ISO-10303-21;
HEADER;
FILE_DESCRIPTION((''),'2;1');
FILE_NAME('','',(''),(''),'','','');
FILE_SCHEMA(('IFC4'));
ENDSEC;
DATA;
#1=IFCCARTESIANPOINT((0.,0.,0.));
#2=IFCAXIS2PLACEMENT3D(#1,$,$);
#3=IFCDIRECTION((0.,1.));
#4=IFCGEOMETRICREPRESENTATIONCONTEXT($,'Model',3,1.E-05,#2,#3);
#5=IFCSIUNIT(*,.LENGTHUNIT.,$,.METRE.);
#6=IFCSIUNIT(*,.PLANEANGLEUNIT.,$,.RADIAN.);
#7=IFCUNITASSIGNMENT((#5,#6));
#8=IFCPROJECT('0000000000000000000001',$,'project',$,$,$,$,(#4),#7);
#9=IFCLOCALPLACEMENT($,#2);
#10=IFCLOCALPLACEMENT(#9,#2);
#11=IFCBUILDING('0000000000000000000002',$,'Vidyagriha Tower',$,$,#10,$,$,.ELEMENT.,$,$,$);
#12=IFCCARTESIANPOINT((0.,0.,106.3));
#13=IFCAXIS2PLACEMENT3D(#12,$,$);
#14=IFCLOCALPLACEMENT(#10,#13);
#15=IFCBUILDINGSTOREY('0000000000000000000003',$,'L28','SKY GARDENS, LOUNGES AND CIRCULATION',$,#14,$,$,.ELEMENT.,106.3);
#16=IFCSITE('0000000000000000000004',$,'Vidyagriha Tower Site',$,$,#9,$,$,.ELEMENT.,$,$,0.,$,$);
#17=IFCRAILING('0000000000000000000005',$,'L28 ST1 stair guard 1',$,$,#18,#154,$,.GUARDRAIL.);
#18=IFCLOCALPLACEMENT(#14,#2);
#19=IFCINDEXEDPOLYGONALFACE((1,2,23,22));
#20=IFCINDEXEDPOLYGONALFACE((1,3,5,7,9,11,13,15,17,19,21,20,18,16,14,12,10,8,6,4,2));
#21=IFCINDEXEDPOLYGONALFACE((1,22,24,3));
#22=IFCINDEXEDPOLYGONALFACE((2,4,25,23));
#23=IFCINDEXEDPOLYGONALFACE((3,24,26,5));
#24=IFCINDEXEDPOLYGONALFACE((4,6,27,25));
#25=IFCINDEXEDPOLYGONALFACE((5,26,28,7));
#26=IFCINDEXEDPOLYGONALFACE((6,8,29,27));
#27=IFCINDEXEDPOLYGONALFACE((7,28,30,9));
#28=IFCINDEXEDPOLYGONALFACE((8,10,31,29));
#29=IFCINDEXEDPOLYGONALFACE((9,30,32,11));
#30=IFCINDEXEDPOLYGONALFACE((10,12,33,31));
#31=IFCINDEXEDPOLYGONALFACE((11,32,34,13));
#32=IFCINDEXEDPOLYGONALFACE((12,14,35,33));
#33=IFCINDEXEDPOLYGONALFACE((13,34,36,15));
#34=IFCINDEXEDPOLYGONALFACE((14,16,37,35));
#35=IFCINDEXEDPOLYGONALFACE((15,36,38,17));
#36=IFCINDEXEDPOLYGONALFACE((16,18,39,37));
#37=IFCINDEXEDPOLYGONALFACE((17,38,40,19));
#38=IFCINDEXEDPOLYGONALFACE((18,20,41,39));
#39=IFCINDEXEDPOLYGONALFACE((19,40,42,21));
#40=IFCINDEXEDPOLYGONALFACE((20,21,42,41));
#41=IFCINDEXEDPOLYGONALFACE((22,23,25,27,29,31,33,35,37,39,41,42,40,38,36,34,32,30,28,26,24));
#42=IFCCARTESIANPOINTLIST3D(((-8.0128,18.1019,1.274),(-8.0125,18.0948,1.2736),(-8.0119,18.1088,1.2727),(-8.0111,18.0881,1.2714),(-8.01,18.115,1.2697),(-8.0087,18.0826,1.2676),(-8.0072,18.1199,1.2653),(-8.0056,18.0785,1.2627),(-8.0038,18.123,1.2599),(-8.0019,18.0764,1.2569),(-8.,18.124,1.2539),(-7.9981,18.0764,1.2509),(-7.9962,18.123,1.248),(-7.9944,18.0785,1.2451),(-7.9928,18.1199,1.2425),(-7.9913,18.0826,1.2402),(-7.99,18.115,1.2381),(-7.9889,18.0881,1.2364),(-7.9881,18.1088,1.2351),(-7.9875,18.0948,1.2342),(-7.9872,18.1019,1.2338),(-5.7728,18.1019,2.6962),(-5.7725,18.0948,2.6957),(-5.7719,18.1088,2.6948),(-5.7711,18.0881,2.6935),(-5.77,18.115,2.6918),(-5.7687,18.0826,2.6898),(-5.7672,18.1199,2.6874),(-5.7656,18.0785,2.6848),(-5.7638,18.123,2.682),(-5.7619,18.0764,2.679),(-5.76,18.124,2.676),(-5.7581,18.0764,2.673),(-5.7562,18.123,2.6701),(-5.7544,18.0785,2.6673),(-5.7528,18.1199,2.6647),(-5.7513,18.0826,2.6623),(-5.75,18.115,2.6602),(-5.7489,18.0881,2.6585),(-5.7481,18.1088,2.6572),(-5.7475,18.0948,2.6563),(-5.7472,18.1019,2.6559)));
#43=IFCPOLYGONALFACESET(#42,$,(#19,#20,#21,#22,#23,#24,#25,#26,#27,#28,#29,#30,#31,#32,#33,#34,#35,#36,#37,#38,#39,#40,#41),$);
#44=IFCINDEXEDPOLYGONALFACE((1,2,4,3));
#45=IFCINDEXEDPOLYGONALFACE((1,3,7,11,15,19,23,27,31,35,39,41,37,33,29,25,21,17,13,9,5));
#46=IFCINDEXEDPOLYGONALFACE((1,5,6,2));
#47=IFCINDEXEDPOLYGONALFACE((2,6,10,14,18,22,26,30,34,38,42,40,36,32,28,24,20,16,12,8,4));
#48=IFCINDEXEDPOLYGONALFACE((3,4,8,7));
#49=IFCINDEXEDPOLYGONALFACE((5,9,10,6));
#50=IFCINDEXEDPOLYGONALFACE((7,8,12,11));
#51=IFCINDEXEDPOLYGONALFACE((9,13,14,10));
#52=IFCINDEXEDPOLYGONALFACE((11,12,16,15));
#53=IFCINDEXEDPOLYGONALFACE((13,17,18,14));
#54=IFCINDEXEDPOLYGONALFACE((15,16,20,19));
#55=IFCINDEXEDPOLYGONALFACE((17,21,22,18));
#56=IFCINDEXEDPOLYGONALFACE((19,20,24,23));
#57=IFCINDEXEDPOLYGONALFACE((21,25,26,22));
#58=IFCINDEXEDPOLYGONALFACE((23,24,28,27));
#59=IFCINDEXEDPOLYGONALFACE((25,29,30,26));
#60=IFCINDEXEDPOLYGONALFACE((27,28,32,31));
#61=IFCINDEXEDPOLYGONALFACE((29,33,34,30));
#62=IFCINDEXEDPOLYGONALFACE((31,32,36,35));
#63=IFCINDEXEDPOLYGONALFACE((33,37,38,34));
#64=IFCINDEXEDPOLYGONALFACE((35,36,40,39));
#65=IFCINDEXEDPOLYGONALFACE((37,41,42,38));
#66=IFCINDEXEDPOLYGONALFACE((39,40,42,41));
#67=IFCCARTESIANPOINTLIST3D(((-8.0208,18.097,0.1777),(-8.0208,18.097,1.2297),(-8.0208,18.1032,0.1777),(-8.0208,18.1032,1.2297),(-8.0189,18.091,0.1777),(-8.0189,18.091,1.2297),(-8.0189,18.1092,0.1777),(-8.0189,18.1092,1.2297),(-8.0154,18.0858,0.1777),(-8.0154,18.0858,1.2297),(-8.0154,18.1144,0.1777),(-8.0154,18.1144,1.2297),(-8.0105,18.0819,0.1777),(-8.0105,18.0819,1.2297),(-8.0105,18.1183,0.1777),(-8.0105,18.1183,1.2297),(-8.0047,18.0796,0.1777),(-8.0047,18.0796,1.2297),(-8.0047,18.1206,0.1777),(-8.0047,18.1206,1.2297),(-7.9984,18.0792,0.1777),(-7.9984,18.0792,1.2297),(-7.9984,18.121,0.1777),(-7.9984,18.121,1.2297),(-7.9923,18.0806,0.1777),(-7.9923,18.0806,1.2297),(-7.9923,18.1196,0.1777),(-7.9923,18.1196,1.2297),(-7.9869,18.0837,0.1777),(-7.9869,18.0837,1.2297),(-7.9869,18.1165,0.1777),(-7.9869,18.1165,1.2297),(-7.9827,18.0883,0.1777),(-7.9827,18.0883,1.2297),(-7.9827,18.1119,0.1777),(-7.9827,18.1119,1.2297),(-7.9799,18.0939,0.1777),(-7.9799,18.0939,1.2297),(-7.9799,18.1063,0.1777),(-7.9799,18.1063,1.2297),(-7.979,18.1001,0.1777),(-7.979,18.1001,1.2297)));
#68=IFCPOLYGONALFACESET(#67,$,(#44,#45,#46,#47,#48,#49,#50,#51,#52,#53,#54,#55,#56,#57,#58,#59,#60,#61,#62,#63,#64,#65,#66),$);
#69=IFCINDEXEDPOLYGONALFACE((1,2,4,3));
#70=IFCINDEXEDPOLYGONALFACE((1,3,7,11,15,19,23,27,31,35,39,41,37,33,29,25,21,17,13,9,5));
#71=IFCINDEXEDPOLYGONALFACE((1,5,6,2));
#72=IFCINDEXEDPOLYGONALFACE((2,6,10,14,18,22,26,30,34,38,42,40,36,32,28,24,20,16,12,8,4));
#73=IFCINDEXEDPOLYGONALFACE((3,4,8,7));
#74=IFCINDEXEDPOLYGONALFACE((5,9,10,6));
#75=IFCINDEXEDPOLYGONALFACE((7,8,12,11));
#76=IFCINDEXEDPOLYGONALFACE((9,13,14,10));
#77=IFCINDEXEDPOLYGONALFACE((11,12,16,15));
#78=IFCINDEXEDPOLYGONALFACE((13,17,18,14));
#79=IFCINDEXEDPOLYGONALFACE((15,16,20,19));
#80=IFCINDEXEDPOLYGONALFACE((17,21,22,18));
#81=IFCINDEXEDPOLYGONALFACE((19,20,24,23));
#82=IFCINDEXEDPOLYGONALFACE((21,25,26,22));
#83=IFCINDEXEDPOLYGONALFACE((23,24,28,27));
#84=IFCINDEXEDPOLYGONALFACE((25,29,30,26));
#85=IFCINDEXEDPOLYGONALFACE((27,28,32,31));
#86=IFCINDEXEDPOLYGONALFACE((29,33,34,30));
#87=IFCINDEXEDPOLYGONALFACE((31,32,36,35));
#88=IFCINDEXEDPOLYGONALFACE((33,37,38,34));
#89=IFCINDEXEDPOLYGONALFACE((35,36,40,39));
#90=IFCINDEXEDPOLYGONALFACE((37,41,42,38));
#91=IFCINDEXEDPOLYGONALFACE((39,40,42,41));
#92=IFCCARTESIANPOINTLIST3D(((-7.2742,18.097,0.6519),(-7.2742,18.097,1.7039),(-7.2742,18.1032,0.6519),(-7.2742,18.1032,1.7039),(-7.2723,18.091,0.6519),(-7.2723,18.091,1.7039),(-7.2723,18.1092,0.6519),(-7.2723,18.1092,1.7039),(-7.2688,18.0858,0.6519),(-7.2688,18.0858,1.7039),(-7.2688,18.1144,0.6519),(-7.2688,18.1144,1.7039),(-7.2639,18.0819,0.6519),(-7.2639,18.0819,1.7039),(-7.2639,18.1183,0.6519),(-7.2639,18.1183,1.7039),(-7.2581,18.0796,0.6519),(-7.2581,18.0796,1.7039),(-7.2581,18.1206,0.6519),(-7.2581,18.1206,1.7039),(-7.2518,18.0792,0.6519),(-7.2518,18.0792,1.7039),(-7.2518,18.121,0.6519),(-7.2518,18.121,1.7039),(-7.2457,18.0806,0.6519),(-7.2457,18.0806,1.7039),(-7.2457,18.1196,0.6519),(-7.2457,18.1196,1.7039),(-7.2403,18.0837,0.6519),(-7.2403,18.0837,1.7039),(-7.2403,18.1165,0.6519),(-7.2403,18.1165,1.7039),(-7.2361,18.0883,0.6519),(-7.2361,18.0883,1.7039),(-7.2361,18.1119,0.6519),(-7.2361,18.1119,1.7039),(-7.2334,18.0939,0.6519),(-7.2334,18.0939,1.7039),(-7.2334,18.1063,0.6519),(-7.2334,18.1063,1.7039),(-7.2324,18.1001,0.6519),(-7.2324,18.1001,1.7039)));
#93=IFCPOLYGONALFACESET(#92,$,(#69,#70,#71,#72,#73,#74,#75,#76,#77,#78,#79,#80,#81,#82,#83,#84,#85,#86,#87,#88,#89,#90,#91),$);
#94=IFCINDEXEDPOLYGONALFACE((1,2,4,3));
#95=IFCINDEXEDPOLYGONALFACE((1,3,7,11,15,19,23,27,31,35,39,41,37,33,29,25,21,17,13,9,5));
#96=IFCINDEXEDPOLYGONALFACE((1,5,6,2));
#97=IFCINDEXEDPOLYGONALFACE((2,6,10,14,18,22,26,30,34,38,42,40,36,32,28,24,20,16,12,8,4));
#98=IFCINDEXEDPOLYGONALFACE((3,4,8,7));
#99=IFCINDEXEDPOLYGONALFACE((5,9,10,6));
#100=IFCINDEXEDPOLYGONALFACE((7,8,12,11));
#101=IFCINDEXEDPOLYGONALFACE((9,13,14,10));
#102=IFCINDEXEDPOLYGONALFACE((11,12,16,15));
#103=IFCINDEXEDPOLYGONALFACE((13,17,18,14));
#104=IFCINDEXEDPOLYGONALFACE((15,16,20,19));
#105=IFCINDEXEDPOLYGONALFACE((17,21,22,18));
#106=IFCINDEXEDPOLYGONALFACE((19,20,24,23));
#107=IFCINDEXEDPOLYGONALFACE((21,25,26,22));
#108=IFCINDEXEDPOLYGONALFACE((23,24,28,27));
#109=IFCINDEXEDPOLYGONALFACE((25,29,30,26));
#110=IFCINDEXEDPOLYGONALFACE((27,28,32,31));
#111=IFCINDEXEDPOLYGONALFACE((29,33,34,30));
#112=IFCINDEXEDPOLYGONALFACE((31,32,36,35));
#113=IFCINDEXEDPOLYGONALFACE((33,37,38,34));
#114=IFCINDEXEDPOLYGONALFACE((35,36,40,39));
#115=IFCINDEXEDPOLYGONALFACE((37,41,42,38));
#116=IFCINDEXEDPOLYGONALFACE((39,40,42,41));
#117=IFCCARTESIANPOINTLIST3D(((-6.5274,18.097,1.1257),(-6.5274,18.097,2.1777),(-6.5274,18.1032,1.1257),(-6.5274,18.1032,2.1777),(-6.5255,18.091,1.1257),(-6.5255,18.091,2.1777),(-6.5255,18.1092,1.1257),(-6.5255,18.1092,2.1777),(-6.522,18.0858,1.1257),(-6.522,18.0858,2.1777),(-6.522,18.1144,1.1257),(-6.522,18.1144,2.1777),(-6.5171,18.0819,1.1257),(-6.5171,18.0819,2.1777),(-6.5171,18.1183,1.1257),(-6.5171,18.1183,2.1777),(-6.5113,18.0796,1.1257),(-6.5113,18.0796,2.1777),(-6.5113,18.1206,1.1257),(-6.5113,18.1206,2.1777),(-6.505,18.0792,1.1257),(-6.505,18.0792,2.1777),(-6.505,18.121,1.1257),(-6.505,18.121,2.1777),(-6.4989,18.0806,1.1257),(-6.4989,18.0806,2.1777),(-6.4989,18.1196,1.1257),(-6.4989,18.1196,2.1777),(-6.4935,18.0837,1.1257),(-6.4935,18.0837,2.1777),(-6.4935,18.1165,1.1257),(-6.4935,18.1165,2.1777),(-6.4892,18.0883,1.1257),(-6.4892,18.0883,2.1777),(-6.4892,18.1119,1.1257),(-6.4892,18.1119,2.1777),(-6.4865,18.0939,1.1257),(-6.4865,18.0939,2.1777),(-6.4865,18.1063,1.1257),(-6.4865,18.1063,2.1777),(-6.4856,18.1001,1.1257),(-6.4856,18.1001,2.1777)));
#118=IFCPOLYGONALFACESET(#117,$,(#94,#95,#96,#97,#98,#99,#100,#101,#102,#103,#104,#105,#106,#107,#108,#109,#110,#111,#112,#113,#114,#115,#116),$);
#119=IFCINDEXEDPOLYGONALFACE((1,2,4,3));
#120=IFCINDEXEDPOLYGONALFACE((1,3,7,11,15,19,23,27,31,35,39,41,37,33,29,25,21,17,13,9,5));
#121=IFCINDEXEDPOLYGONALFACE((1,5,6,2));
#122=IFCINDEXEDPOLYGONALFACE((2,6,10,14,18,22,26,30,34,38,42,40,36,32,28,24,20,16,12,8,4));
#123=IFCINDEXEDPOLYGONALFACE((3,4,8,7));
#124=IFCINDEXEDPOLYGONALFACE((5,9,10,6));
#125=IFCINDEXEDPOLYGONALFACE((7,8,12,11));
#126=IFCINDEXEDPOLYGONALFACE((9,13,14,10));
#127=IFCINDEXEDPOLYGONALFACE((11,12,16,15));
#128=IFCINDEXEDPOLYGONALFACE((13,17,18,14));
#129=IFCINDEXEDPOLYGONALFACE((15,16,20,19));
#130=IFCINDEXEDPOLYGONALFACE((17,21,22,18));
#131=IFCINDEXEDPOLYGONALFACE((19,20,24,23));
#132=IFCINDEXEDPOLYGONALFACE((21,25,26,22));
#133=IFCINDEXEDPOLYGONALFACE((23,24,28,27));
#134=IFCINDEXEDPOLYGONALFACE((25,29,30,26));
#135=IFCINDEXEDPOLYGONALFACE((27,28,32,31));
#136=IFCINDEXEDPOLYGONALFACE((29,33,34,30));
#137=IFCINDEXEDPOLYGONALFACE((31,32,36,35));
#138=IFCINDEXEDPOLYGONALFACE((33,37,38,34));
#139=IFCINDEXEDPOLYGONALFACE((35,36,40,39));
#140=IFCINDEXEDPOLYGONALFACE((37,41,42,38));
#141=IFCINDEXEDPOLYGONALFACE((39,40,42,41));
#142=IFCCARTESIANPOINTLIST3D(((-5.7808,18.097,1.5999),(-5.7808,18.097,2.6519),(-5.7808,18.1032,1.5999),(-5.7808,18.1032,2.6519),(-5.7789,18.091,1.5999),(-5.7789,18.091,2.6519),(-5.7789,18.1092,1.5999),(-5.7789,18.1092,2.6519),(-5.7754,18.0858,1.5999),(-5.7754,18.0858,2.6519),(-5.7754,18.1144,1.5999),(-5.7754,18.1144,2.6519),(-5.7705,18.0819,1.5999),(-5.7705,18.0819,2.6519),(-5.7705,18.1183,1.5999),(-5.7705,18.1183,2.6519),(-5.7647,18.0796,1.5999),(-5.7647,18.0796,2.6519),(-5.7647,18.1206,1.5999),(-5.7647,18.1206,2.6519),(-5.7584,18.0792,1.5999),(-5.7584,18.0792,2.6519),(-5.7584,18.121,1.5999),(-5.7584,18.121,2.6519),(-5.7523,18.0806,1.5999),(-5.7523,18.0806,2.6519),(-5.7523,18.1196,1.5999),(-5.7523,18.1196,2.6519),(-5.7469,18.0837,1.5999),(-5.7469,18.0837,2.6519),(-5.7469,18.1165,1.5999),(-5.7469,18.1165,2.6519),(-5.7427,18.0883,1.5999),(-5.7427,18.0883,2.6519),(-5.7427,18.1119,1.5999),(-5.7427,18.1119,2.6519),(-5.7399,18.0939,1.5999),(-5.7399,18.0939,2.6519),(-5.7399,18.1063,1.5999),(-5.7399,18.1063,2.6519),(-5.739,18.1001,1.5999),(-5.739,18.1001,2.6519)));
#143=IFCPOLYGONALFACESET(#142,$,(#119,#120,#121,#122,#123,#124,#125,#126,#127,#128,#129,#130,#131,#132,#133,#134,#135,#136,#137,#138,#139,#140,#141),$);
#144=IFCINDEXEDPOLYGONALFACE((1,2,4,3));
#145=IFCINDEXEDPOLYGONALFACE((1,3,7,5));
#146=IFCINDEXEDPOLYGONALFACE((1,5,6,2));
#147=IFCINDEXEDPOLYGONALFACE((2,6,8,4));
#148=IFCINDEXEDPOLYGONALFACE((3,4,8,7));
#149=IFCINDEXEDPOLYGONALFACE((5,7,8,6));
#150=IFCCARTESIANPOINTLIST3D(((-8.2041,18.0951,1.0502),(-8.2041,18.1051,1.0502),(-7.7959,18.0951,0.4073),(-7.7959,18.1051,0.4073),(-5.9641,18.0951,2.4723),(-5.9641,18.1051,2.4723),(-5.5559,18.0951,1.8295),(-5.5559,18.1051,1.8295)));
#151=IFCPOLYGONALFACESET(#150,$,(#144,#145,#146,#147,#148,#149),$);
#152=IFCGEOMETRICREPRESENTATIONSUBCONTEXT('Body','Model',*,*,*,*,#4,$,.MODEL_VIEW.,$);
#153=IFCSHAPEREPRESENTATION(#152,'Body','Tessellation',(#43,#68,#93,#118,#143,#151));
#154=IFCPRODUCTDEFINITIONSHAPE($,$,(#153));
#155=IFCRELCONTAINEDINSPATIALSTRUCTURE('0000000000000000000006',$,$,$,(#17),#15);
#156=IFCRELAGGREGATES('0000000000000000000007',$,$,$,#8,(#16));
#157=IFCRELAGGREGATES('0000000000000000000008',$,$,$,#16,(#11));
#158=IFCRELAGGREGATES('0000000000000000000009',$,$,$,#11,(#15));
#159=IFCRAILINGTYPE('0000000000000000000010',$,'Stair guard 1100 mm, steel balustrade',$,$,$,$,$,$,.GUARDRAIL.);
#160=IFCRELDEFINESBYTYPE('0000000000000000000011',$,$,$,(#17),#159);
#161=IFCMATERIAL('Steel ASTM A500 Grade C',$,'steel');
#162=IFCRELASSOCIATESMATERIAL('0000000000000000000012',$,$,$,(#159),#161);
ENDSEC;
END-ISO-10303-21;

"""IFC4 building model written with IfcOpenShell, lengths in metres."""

from ifc_helpers import new_model, si_unit, direction, frame, origin, origin_2d, place, context, subcontext, project, spatial, rectangle, circle, extrude, material, type_object, element, save


model = new_model("IFC4")

# Units and contexts
model_context = context("Model", 3, precision=1e-05, world=origin(), true_north=direction((0.0, 1.0)))
body_context = subcontext(model_context, "Body", "Model", "MODEL_VIEW")
ifc_project = project(units=[si_unit("LENGTHUNIT", "METRE"), si_unit("PLANEANGLEUNIT", "RADIAN")], contexts=[model_context])

# Site, building, storey
site_placement = place(None, origin())
site = spatial("IfcSite", under=ifc_project, at=site_placement, Name="Vidyagriha Tower Site", CompositionType="ELEMENT", RefElevation=0.0)
building_placement = place(site_placement, origin())
building = spatial("IfcBuilding", under=site, at=building_placement, Name="Vidyagriha Tower", CompositionType="ELEMENT")
storey_placement = place(building_placement, frame((0.0, 0.0, 106.3)))
storey = spatial("IfcBuildingStorey", under=building, at=storey_placement, Name="L28", Description="SKY GARDENS, LOUNGES AND CIRCULATION", CompositionType="ELEMENT", Elevation=106.3)

# Railing
ifc_material_1 = material(Name="Steel ASTM A500 Grade C", Category="steel")
railing_type_1 = type_object("IfcRailingType", Name="Stair guard 1100 mm, steel balustrade", PredefinedType="GUARDRAIL", material=ifc_material_1)
railing_1_placement = place(storey_placement, frame((-8.0, 18.1001, 0.1777)))
element("IfcRailing", 1, at=railing_1_placement, inside=storey, type_object=railing_type_1, Name="L28 ST1 stair guard 1", PredefinedType="GUARDRAIL", context=body_context, shape_type="SweptSolid", body=[
    extrude(circle(Radius=0.0239, at=origin_2d()), frame((0.0, 0.0, 1.0762), z_axis=(0.844229, 0.0, 0.535982), x_axis=(0.0, 1.0, 0.0)), (0.0, 0.0, 1.0), 2.6533),
    extrude(circle(Radius=0.021, at=origin_2d()), origin(), (0.0, 0.0, 1.0), 1.052),
    extrude(circle(Radius=0.021, at=origin_2d()), frame((0.7466, 0.0, 0.4741)), (0.0, 0.0, 1.0), 1.052),
    extrude(circle(Radius=0.021, at=origin_2d()), frame((1.4934, 0.0, 0.948)), (0.0, 0.0, 1.0), 1.052),
    extrude(circle(Radius=0.021, at=origin_2d()), frame((2.24, 0.0, 1.4221)), (0.0, 0.0, 1.0), 1.052),
    extrude(rectangle(XDim=0.01, YDim=0.7615, at=origin_2d()), frame((0.0, 0.0, 0.551), z_axis=(0.844229, 0.0, 0.535982), x_axis=(0.0, 1.0, 0.0)), (0.0, 0.0, 1.0), 2.6533),
])

save(model, "model.ifc")
